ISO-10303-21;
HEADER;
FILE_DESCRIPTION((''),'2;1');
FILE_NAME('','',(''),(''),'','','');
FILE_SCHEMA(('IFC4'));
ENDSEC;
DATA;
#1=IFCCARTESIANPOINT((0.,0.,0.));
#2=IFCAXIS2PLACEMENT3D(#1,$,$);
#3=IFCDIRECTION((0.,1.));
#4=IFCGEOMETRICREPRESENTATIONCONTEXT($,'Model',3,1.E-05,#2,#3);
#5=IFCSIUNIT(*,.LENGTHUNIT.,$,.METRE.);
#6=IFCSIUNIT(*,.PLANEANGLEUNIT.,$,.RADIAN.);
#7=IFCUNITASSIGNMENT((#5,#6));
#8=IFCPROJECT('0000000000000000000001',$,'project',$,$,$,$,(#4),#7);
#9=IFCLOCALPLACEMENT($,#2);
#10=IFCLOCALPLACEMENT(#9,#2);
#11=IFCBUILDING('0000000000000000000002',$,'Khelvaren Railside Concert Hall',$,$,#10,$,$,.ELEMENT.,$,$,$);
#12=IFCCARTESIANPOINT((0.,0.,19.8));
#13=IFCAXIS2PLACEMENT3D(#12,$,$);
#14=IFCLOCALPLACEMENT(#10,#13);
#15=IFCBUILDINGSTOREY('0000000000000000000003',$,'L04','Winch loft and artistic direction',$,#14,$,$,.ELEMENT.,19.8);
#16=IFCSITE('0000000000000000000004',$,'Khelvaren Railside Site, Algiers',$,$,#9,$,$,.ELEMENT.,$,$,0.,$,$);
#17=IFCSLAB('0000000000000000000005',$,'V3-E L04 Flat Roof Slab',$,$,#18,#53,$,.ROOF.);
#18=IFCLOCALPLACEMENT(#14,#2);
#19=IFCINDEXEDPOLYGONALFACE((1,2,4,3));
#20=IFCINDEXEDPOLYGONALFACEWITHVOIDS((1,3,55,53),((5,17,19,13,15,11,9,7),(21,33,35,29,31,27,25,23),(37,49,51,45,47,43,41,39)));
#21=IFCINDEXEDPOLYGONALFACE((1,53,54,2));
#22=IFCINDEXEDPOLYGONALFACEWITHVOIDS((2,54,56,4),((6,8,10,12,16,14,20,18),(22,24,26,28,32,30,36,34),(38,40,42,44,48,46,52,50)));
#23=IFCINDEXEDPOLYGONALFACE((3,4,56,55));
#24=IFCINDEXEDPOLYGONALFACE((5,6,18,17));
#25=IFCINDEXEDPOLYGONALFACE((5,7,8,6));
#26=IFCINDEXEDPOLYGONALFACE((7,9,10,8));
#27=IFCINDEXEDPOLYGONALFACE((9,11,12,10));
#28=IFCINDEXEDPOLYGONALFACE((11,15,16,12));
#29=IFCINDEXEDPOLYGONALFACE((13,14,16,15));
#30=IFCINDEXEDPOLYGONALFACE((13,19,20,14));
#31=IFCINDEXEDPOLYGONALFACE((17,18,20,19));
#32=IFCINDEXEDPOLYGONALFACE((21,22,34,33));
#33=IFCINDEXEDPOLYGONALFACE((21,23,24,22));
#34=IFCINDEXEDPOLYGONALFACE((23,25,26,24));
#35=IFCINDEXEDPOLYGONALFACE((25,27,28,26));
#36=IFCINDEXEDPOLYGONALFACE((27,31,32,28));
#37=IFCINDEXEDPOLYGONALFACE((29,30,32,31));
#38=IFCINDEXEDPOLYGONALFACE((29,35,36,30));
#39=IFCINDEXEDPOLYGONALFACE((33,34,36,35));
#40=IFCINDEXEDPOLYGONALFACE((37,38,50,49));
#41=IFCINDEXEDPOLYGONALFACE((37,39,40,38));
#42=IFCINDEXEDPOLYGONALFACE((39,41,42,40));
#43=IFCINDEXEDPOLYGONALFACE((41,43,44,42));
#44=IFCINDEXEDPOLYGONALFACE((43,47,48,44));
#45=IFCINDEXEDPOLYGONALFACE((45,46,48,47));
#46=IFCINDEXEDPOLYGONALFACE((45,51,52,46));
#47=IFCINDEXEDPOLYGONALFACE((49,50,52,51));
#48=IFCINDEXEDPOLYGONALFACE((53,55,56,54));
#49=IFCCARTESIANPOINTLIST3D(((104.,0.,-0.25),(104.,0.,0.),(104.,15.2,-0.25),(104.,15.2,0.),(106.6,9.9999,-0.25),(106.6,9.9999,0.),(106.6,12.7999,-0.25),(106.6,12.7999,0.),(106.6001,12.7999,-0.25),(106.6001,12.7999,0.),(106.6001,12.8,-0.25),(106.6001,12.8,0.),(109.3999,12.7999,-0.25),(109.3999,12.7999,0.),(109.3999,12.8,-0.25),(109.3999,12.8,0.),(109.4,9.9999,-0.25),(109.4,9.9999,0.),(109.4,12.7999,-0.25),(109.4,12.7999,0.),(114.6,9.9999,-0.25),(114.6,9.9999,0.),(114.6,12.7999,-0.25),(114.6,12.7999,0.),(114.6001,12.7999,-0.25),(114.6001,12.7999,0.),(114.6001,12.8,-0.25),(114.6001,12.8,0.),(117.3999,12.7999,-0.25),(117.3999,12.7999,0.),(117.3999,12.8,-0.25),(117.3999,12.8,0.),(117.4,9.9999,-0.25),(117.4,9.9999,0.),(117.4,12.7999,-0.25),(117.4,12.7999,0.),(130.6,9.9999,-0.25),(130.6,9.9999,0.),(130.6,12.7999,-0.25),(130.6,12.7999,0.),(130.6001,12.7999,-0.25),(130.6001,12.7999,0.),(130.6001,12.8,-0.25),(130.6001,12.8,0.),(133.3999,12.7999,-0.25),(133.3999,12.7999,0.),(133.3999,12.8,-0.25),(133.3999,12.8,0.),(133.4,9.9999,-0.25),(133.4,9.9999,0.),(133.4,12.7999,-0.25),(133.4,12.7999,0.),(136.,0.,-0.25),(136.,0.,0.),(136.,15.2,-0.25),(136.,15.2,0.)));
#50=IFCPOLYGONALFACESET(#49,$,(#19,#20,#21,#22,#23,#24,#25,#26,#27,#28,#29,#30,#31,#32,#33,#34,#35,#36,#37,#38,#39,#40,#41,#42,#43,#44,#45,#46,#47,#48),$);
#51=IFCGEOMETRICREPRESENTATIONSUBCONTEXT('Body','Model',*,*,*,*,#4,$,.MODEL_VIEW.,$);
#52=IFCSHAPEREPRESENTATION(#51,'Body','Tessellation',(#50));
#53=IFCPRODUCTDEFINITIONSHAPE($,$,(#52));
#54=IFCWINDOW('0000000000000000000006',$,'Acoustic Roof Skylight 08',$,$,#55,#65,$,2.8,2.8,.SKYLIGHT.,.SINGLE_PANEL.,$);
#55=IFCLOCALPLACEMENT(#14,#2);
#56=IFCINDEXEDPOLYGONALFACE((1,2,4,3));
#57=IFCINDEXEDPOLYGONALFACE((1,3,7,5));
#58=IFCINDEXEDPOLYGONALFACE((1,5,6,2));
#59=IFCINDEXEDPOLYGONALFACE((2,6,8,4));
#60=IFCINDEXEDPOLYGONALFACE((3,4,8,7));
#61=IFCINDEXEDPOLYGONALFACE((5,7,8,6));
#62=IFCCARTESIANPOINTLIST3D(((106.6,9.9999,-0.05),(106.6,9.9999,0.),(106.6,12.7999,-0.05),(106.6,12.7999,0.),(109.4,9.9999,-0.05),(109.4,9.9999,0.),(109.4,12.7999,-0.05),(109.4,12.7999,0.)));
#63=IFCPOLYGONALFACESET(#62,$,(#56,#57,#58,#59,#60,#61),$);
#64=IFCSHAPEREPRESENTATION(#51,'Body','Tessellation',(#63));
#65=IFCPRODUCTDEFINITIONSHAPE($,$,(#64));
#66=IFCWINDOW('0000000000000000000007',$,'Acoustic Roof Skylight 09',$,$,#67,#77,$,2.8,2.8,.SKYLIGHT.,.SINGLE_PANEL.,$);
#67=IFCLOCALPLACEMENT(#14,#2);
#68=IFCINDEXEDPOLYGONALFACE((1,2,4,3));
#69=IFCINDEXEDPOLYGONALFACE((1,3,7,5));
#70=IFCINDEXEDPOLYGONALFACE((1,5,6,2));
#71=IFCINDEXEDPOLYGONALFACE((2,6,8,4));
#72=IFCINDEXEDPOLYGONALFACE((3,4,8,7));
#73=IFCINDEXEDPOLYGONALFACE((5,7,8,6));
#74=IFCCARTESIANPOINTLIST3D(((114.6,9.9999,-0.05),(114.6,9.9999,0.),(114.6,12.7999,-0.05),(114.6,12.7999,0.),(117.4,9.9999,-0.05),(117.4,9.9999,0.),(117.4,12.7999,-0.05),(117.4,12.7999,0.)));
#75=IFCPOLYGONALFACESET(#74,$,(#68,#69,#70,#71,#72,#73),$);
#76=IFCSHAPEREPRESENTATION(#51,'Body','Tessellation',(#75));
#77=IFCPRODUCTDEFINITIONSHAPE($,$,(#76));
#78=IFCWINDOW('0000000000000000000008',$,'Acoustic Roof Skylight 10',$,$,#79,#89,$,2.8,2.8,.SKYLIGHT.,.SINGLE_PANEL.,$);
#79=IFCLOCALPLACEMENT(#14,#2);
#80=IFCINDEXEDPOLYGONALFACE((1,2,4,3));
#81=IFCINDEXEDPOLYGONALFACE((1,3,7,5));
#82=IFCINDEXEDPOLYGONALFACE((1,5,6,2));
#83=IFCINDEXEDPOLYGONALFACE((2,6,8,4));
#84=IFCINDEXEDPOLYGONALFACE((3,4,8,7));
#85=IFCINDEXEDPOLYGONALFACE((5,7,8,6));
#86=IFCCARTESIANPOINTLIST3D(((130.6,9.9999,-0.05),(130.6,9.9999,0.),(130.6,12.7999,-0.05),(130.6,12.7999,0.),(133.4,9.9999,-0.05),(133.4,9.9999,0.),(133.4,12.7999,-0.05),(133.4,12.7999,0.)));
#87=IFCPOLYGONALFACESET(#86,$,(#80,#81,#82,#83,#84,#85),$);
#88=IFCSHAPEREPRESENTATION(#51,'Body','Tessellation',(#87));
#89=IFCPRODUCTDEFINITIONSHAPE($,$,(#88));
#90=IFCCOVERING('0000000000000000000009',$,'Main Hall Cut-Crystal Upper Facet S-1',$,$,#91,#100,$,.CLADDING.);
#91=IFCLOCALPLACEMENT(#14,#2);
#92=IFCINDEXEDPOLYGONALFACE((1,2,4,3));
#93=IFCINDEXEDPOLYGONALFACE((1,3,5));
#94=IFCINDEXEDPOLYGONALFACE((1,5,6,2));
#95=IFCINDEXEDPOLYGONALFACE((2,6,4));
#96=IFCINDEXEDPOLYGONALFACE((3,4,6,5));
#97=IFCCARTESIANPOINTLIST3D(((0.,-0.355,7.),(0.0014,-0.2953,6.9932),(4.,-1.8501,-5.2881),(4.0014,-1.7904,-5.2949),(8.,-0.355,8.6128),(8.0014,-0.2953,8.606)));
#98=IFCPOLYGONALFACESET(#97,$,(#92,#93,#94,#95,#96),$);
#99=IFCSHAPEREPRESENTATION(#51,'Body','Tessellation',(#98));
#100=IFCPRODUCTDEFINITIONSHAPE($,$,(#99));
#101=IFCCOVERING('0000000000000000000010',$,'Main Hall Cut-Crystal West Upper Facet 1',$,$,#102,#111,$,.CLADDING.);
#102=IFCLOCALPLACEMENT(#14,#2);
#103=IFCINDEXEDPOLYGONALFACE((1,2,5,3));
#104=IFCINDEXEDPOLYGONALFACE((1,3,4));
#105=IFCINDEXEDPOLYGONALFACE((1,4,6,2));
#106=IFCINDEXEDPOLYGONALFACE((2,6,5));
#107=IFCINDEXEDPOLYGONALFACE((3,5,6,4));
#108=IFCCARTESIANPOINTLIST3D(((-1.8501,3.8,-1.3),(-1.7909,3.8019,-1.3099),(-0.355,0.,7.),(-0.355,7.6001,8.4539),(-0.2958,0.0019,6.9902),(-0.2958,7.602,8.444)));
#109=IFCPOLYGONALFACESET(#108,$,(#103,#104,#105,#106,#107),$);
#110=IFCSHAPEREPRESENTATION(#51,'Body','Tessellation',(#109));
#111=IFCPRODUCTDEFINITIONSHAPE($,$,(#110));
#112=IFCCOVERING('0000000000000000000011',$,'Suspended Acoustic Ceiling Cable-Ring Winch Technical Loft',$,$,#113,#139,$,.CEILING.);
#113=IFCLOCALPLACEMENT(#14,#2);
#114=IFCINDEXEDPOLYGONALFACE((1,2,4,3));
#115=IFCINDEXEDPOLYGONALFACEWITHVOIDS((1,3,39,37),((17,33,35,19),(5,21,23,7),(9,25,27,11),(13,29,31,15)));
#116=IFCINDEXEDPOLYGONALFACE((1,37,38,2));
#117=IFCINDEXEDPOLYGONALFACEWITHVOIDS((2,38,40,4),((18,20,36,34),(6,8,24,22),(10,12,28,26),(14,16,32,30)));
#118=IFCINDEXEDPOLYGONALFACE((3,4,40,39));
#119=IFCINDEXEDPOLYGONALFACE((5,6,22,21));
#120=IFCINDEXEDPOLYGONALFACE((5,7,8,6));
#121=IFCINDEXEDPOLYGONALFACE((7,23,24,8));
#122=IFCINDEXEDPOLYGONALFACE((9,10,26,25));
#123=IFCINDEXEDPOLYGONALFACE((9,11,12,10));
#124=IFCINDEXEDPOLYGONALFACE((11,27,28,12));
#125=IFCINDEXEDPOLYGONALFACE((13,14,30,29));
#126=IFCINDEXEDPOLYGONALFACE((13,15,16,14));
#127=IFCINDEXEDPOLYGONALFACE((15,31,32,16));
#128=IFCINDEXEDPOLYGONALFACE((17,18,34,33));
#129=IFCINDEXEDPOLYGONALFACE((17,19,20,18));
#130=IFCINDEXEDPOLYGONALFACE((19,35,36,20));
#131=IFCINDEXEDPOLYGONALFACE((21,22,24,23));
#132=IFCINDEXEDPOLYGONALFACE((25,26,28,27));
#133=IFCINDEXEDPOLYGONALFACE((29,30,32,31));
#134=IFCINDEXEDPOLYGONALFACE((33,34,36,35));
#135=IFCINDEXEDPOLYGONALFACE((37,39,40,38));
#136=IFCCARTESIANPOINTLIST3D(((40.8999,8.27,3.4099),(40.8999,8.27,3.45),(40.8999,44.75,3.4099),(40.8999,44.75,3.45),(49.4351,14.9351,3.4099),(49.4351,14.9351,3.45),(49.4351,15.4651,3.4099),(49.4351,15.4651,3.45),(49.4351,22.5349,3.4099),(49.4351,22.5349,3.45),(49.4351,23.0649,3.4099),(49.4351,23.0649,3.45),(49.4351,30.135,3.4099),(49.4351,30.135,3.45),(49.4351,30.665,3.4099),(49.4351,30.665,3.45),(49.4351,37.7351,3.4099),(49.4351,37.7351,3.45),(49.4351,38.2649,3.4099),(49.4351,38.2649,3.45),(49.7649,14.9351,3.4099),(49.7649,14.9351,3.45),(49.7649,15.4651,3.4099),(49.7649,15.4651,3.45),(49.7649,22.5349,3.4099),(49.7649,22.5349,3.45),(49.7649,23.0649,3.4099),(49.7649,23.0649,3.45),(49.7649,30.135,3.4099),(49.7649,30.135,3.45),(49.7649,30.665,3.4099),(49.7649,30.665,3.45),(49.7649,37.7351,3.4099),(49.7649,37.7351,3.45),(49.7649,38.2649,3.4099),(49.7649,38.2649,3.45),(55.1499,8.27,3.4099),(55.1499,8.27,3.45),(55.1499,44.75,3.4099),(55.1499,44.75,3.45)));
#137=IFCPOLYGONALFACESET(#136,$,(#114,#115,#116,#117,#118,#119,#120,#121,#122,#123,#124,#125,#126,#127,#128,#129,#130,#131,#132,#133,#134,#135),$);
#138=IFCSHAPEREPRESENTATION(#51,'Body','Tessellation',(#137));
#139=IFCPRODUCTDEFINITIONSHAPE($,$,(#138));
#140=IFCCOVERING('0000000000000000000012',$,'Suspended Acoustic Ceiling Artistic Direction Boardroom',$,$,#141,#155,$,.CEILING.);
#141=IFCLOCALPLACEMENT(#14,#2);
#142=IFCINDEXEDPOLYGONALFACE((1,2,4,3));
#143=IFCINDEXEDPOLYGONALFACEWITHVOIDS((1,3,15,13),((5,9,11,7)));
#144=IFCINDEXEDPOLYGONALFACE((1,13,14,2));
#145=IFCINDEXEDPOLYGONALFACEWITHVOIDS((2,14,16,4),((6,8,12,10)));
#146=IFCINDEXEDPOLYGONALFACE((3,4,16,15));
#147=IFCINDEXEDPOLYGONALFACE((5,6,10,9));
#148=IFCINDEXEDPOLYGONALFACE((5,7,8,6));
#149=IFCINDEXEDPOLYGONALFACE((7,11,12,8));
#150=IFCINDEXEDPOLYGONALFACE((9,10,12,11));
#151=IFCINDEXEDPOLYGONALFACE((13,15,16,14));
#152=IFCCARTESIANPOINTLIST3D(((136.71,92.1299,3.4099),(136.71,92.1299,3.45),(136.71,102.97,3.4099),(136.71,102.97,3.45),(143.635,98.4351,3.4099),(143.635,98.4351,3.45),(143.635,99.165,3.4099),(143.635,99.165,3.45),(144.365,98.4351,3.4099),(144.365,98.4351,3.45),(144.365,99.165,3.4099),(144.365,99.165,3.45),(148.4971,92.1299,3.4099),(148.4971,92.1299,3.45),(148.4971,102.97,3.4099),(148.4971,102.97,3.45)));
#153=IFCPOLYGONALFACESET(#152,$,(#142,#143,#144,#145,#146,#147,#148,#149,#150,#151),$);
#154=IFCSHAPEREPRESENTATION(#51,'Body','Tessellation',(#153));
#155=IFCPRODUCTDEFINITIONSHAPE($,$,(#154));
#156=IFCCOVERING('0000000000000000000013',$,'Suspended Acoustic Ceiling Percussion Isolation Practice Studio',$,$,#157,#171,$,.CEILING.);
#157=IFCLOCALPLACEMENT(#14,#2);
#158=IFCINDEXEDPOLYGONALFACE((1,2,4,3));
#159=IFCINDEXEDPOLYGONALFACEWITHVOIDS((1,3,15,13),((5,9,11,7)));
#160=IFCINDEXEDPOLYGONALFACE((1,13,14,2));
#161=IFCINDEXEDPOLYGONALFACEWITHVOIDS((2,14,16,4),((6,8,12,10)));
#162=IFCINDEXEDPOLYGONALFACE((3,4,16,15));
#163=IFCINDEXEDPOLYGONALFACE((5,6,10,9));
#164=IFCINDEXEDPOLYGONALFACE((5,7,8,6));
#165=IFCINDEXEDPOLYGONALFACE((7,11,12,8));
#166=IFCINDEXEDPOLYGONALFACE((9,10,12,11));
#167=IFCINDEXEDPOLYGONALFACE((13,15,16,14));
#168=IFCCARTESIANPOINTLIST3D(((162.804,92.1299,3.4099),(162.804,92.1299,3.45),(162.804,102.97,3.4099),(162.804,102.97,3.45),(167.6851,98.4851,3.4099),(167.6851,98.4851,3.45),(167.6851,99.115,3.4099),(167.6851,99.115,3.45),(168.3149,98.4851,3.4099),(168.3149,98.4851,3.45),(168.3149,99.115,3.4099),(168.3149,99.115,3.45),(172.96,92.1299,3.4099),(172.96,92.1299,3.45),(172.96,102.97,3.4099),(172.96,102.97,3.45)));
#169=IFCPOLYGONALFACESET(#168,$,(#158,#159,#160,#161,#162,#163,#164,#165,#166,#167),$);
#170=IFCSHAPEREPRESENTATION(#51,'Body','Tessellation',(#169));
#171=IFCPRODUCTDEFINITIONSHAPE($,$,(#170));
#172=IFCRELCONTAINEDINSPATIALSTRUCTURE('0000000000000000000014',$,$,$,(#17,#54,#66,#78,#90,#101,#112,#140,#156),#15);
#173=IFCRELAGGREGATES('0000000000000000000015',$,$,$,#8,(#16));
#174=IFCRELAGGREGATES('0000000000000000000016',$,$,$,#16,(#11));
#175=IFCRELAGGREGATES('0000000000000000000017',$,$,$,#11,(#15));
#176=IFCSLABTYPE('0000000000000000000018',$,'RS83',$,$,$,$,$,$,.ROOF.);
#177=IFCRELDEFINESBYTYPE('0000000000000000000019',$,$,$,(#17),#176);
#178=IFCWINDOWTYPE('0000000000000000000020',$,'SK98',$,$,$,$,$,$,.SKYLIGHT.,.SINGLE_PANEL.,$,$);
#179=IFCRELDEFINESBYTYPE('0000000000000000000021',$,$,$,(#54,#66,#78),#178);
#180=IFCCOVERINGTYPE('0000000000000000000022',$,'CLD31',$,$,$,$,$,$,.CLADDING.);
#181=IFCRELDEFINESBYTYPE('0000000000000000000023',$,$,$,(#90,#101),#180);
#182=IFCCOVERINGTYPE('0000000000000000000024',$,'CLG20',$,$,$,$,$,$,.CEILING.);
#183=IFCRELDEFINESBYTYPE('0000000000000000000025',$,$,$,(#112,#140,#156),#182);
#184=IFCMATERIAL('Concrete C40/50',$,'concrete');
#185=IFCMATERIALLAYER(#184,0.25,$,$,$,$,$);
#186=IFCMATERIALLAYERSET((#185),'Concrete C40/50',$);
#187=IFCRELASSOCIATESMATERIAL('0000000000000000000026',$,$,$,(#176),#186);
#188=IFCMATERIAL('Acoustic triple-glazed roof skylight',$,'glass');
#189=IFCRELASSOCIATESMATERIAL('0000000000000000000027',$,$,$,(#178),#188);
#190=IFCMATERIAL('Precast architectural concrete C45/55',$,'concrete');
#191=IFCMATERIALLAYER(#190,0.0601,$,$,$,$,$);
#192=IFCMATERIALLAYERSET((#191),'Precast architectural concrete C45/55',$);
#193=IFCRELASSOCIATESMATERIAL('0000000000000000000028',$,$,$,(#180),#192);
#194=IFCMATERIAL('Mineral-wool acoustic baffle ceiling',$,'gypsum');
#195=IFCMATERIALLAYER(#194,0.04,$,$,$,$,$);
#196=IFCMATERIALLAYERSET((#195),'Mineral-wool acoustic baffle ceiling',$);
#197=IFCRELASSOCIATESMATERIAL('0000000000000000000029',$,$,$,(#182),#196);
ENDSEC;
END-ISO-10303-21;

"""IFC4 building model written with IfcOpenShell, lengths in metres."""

from ifc_helpers import new_model, si_unit, direction, frame, origin, origin_2d, place, context, subcontext, project, spatial, polyline, rectangle, outline, extrude, material, layer, layer_set, type_object, element, fill, save


model = new_model("IFC4")

# Units and contexts
model_context = context("Model", 3, precision=1e-05, world=origin(), true_north=direction((0.0, 1.0)))
body_context = subcontext(model_context, "Body", "Model", "MODEL_VIEW")
ifc_project = project(units=[si_unit("LENGTHUNIT", "METRE"), si_unit("PLANEANGLEUNIT", "RADIAN")], contexts=[model_context])

# Site, building, storey
site_placement = place(None, origin())
site = spatial("IfcSite", under=ifc_project, at=site_placement, Name="Khelvaren Railside Site, Algiers", CompositionType="ELEMENT", RefElevation=0.0)
building_placement = place(site_placement, origin())
building = spatial("IfcBuilding", under=site, at=building_placement, Name="Khelvaren Railside Concert Hall", CompositionType="ELEMENT")
storey_placement = place(building_placement, frame((0.0, 0.0, 19.8)))
storey = spatial("IfcBuildingStorey", under=building, at=storey_placement, Name="L04", Description="Winch loft and artistic direction", CompositionType="ELEMENT", Elevation=19.8)

# Shared definitions
ifc_material_1 = material(Name="Concrete C40/50", Category="concrete")

# Slab, openings, windows
ifc_material_2 = material(Name="Acoustic triple-glazed roof skylight", Category="glass")
ifc_layer_1 = layer(ifc_material_1, 0.25)
ifc_layer_set_1 = layer_set([ifc_layer_1], Name="Concrete C40/50")
slab_type_1 = type_object("IfcSlabType", Name="RS83", PredefinedType="ROOF", material=ifc_layer_set_1)
slab_1_placement = place(storey_placement, frame((0.0, 0.0, -0.25)))
slab_1 = element("IfcSlab", 1, at=slab_1_placement, inside=storey, type_object=slab_type_1, Name="V3-E L04 Flat Roof Slab", PredefinedType="ROOF", context=body_context, shape_type="SweptSolid", body=[
    extrude(outline(polyline([(104.0, 0.0), (136.0, 0.0), (136.0, 15.2), (104.0, 15.2), (104.0, 0.0)]), holes=[polyline([(106.6001, 10.0), (109.3999, 10.0), (109.3999, 12.8), (106.6001, 12.8), (106.6001, 10.0)]), polyline([(114.6001, 10.0), (117.3999, 10.0), (117.3999, 12.8), (114.6001, 12.8), (114.6001, 10.0)]), polyline([(130.6001, 10.0), (133.3999, 10.0), (133.3999, 12.8), (130.6001, 12.8), (130.6001, 10.0)])]), origin(), (0.0, 0.0, 1.0), 0.25),
])
opening_1_placement = place(slab_1_placement, frame((108.0, 11.3999, 0.0)))
opening_1 = element("IfcOpeningElement", 2, at=opening_1_placement, cuts=slab_1, PredefinedType="OPENING", context=body_context, shape_type="SweptSolid", body=[
    extrude(rectangle(XDim=2.8, YDim=2.8, at=origin_2d()), frame((0.0, 0.0, -0.01)), (0.0, 0.0, 1.0), 0.27),
])
opening_2_placement = place(slab_1_placement, frame((116.0, 11.3999, 0.0)))
opening_2 = element("IfcOpeningElement", 3, at=opening_2_placement, cuts=slab_1, PredefinedType="OPENING", context=body_context, shape_type="SweptSolid", body=[
    extrude(rectangle(XDim=2.8, YDim=2.8, at=origin_2d()), frame((0.0, 0.0, -0.01)), (0.0, 0.0, 1.0), 0.27),
])
opening_3_placement = place(slab_1_placement, frame((132.0, 11.3999, 0.0)))
opening_3 = element("IfcOpeningElement", 4, at=opening_3_placement, cuts=slab_1, PredefinedType="OPENING", context=body_context, shape_type="SweptSolid", body=[
    extrude(rectangle(XDim=2.8, YDim=2.8, at=origin_2d()), frame((0.0, 0.0, -0.01)), (0.0, 0.0, 1.0), 0.27),
])
window_type_1 = type_object("IfcWindowType", Name="SK98", PartitioningType="SINGLE_PANEL", PredefinedType="SKYLIGHT", material=ifc_material_2)
window_1_placement = place(opening_1_placement, frame((0.0, 0.0, 0.2)))
window_1 = element("IfcWindow", 5, at=window_1_placement, inside=storey, type_object=window_type_1, Name="Acoustic Roof Skylight 08", OverallHeight=2.8, OverallWidth=2.8, PartitioningType="SINGLE_PANEL", PredefinedType="SKYLIGHT", context=body_context, shape_type="SweptSolid", body=[
    extrude(rectangle(XDim=2.8, YDim=2.8, at=origin_2d()), origin(), (0.0, 0.0, 1.0), 0.05),
])
fill(opening_1, window_1)
window_2_placement = place(opening_2_placement, frame((0.0, 0.0, 0.2)))
window_2 = element("IfcWindow", 6, at=window_2_placement, inside=storey, type_object=window_type_1, Name="Acoustic Roof Skylight 09", OverallHeight=2.8, OverallWidth=2.8, PartitioningType="SINGLE_PANEL", PredefinedType="SKYLIGHT", context=body_context, shape_type="SweptSolid", body=[
    extrude(rectangle(XDim=2.8, YDim=2.8, at=origin_2d()), origin(), (0.0, 0.0, 1.0), 0.05),
])
fill(opening_2, window_2)
window_3_placement = place(opening_3_placement, frame((0.0, 0.0, 0.2)))
window_3 = element("IfcWindow", 7, at=window_3_placement, inside=storey, type_object=window_type_1, Name="Acoustic Roof Skylight 10", OverallHeight=2.8, OverallWidth=2.8, PartitioningType="SINGLE_PANEL", PredefinedType="SKYLIGHT", context=body_context, shape_type="SweptSolid", body=[
    extrude(rectangle(XDim=2.8, YDim=2.8, at=origin_2d()), origin(), (0.0, 0.0, 1.0), 0.05),
])
fill(opening_3, window_3)

# Coverings
ifc_material_3 = material(Name="Precast architectural concrete C45/55", Category="concrete")
ifc_layer_2 = layer(ifc_material_3, 0.0601)
ifc_layer_set_2 = layer_set([ifc_layer_2], Name="Precast architectural concrete C45/55")
covering_type_1 = type_object("IfcCoveringType", Name="CLD31", PredefinedType="CLADDING", material=ifc_layer_set_2)
covering_1_placement = place(storey_placement, frame((0.0, -0.355, 7.0), z_axis=(-0.022864, -0.993285, 0.113412), x_axis=(0.980278, 0.0, 0.197623)))
element("IfcCovering", 8, at=covering_1_placement, inside=storey, type_object=covering_type_1, Name="Main Hall Cut-Crystal Upper Facet S-1", PredefinedType="CLADDING", context=body_context, shape_type="SweptSolid", body=[
    extrude(outline(polyline([(0.0, 0.0), (8.1609, 0.0), (1.4927, -12.923), (0.0, 0.0)])), origin(), (0.0, 0.0, -1.0), 0.0601),
])
covering_2_placement = place(storey_placement, frame((-0.355, 0.0, 7.0), z_axis=(-0.986078, -0.031243, 0.163322), x_axis=(0.0, 0.982191, 0.187888)))
element("IfcCovering", 9, at=covering_2_placement, inside=storey, type_object=covering_type_1, Name="Main Hall Cut-Crystal West Upper Facet 1", PredefinedType="CLADDING", context=body_context, shape_type="SweptSolid", body=[
    extrude(outline(polyline([(0.0, 0.0), (7.7379, 0.0), (2.1729, 8.9914), (0.0, 0.0)])), origin(), (0.0, 0.0, -1.0), 0.0601),
])
ifc_material_4 = material(Name="Mineral-wool acoustic baffle ceiling", Category="gypsum")
ifc_layer_3 = layer(ifc_material_4, 0.04)
ifc_layer_set_3 = layer_set([ifc_layer_3], Name="Mineral-wool acoustic baffle ceiling")
covering_type_2 = type_object("IfcCoveringType", Name="CLG20", PredefinedType="CEILING", material=ifc_layer_set_3)
covering_3_placement = place(storey_placement, frame((0.0, 0.0, 3.4099)))
element("IfcCovering", 10, at=covering_3_placement, inside=storey, type_object=covering_type_2, Name="Suspended Acoustic Ceiling Cable-Ring Winch Technical Loft", PredefinedType="CEILING", context=body_context, shape_type="SweptSolid", body=[
    extrude(outline(polyline([(40.8999, 8.27), (55.1499, 8.27), (55.1499, 44.75), (40.8999, 44.75), (40.8999, 8.27)]), holes=[polyline([(49.4351, 14.9351), (49.7649, 14.9351), (49.7649, 15.4651), (49.4351, 15.4651), (49.4351, 14.9351)]), polyline([(49.4351, 22.5349), (49.7649, 22.5349), (49.7649, 23.0649), (49.4351, 23.0649), (49.4351, 22.5349)]), polyline([(49.4351, 30.135), (49.7649, 30.135), (49.7649, 30.665), (49.4351, 30.665), (49.4351, 30.135)]), polyline([(49.4351, 37.7351), (49.7649, 37.7351), (49.7649, 38.2649), (49.4351, 38.2649), (49.4351, 37.7351)])]), origin(), (0.0, 0.0, 1.0), 0.04),
])
covering_4_placement = place(storey_placement, frame((0.0, 0.0, 3.4099)))
element("IfcCovering", 11, at=covering_4_placement, inside=storey, type_object=covering_type_2, Name="Suspended Acoustic Ceiling Artistic Direction Boardroom", PredefinedType="CEILING", context=body_context, shape_type="SweptSolid", body=[
    extrude(outline(polyline([(136.71, 92.1299), (148.4971, 92.1299), (148.4971, 102.97), (136.71, 102.97), (136.71, 92.1299)]), holes=[polyline([(143.635, 98.4351), (144.365, 98.4351), (144.365, 99.165), (143.635, 99.165), (143.635, 98.4351)])]), origin(), (0.0, 0.0, 1.0), 0.04),
])
covering_5_placement = place(storey_placement, frame((0.0, 0.0, 3.4099)))
element("IfcCovering", 12, at=covering_5_placement, inside=storey, type_object=covering_type_2, Name="Suspended Acoustic Ceiling Percussion Isolation Practice Studio", PredefinedType="CEILING", context=body_context, shape_type="SweptSolid", body=[
    extrude(outline(polyline([(162.804, 92.1299), (172.96, 92.1299), (172.96, 102.97), (162.804, 102.97), (162.804, 92.1299)]), holes=[polyline([(167.6851, 98.4851), (168.3149, 98.4851), (168.3149, 99.115), (167.6851, 99.115), (167.6851, 98.4851)])]), origin(), (0.0, 0.0, 1.0), 0.04),
])

save(model, "model.ifc")
